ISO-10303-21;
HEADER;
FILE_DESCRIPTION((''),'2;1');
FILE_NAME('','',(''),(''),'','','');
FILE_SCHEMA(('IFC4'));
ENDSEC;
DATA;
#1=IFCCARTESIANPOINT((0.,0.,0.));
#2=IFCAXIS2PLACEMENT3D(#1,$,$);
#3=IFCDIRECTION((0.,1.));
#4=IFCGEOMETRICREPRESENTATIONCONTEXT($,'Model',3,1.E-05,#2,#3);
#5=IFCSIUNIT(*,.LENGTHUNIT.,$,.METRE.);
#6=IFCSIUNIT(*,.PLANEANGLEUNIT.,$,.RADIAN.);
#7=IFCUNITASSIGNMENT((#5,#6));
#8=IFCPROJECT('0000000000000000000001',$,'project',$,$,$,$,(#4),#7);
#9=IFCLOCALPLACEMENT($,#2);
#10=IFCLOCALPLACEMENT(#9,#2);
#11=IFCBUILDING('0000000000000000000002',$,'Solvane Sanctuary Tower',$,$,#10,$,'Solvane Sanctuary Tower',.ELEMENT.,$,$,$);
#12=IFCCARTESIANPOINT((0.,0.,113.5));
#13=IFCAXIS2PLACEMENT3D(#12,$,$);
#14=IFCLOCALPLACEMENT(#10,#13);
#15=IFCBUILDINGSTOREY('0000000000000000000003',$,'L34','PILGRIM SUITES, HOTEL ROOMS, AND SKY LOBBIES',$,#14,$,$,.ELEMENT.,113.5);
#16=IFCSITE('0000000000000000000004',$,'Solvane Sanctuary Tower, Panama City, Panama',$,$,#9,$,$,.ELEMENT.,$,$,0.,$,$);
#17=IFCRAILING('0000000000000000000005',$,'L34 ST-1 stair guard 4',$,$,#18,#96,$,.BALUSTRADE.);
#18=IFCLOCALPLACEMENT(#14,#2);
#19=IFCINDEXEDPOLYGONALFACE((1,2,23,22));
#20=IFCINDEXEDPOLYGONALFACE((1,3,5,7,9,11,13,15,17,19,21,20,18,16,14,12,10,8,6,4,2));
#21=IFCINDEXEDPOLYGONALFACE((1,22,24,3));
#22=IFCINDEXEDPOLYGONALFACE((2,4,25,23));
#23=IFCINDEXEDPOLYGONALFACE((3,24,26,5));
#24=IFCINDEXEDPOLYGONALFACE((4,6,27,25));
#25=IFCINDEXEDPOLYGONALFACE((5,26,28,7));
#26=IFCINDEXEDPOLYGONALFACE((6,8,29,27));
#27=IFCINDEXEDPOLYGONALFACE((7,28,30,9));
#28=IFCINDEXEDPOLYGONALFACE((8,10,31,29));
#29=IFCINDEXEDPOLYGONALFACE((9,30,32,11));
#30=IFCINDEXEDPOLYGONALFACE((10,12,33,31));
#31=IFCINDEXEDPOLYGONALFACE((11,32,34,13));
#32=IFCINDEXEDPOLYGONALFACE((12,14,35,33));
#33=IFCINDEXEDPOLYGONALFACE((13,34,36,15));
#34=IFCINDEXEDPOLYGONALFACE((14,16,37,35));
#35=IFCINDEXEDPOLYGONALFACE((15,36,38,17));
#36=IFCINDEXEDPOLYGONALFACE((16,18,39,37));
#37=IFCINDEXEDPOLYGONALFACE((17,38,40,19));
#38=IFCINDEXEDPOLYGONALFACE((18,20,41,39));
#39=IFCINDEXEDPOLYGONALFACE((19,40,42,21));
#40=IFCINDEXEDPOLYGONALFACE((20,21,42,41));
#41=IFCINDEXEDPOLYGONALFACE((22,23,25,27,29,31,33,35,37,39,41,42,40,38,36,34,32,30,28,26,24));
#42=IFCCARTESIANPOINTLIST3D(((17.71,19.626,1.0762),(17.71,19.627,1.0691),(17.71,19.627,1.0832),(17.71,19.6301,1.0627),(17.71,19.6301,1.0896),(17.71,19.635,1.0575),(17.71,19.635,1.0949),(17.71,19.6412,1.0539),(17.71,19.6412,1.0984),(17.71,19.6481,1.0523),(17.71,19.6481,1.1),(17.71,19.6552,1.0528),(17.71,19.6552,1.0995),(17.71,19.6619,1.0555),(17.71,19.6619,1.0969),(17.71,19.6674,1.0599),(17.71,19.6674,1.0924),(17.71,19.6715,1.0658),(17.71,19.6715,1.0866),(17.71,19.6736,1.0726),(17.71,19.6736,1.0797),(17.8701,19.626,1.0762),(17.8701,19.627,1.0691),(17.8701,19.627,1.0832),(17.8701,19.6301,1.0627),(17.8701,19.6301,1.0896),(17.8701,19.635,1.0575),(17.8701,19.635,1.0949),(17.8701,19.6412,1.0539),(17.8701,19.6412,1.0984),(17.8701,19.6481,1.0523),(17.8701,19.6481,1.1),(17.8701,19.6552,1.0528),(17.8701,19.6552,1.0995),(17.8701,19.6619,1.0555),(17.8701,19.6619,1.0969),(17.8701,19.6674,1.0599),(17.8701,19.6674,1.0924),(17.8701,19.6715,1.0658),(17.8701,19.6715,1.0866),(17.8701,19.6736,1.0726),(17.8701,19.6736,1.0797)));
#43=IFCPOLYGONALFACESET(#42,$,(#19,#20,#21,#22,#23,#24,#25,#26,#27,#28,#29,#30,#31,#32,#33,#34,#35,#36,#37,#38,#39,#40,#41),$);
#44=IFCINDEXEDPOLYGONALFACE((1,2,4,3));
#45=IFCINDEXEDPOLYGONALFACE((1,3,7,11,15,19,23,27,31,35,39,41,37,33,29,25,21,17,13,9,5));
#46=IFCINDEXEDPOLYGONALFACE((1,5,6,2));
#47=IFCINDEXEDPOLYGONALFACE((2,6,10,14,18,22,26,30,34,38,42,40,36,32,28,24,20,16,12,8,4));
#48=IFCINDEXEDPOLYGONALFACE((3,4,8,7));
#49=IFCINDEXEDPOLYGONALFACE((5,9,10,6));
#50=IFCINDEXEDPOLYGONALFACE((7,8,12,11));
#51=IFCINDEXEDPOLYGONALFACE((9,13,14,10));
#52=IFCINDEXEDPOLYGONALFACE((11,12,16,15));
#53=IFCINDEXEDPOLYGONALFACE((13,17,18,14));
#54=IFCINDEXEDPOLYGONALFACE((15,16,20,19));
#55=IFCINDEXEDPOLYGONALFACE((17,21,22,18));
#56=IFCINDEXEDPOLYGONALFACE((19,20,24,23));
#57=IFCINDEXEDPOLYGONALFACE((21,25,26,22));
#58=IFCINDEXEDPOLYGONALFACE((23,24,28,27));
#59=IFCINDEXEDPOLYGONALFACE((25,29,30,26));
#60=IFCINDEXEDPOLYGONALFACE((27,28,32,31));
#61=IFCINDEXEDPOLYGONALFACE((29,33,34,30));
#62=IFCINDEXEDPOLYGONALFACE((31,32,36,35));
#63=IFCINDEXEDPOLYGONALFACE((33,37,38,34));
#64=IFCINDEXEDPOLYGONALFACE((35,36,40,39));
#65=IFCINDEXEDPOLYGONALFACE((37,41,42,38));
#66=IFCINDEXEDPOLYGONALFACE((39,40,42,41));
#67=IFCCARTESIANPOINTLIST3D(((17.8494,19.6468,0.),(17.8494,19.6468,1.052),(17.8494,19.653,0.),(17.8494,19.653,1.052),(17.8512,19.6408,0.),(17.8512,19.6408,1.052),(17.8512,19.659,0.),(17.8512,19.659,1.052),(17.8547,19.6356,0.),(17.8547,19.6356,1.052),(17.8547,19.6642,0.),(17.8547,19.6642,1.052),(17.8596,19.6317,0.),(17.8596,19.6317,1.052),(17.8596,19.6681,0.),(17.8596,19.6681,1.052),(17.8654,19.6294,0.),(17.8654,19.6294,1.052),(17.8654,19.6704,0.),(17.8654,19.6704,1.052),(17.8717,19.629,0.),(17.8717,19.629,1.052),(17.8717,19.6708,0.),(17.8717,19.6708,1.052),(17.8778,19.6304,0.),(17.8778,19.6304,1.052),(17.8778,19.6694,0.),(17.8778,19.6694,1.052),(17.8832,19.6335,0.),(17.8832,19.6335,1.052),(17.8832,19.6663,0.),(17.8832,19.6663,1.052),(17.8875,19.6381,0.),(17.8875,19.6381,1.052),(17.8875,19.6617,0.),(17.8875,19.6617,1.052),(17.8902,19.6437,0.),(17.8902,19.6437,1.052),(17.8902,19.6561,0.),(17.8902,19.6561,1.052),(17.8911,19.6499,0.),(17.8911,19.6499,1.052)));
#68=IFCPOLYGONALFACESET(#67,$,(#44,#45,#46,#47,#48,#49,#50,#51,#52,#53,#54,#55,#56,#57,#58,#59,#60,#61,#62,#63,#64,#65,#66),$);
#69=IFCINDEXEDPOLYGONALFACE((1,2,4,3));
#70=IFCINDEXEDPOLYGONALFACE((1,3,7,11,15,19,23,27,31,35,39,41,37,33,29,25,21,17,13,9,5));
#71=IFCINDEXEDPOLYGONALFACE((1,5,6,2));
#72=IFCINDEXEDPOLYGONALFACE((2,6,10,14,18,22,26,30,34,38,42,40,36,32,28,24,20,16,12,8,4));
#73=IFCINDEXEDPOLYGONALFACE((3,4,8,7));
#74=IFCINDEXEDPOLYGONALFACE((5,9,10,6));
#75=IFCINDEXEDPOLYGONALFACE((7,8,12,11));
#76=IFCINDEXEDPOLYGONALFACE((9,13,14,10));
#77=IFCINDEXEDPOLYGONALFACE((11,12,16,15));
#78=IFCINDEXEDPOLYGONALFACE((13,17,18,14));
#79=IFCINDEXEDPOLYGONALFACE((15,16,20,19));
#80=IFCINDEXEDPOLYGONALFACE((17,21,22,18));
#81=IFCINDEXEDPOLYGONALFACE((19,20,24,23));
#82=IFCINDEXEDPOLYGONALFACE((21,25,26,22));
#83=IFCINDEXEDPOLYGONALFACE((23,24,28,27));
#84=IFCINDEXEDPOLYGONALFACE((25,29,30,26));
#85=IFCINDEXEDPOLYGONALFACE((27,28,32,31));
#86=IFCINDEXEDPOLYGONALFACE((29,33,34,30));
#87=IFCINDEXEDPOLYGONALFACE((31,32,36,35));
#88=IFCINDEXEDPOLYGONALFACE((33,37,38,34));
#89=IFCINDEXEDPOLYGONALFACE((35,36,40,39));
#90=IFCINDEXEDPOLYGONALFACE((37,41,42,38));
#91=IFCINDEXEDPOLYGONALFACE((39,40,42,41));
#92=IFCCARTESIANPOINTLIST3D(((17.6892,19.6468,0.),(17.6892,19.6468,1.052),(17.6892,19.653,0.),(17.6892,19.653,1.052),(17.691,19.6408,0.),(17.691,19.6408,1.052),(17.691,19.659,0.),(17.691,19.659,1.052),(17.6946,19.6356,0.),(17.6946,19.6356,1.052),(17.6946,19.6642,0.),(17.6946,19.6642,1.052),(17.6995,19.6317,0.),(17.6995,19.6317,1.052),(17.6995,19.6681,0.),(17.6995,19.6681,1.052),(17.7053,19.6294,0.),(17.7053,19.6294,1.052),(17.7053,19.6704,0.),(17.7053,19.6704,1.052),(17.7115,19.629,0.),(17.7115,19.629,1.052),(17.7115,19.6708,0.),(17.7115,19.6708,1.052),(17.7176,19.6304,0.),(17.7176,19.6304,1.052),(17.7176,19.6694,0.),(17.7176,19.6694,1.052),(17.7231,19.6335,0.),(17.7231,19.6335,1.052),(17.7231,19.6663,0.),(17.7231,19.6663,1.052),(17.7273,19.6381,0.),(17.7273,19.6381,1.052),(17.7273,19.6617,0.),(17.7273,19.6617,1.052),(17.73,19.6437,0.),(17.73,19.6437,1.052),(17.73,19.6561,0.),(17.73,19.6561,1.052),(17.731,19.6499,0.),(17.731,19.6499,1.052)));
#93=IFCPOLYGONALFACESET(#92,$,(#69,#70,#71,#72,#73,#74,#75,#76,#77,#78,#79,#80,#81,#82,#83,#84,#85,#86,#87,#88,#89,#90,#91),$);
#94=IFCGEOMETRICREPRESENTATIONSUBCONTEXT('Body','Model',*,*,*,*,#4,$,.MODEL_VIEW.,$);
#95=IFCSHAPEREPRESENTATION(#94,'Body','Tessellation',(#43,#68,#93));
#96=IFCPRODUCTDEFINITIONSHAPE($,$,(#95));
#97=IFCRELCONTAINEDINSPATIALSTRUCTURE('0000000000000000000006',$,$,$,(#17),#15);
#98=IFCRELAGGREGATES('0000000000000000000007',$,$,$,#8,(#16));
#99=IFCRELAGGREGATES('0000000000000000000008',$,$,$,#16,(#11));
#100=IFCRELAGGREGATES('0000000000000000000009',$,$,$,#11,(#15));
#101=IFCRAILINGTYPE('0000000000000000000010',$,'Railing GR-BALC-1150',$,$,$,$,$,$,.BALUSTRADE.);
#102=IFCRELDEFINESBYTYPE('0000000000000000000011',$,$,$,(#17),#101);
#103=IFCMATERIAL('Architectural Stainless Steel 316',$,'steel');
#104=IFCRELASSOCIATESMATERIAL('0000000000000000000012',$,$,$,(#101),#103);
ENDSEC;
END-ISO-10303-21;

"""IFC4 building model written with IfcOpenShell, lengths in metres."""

from ifc_helpers import new_model, si_unit, direction, frame, origin, origin_2d, place, context, subcontext, project, spatial, circle, extrude, material, type_object, element, save


model = new_model("IFC4")

# Units and contexts
model_context = context("Model", 3, precision=1e-05, world=origin(), true_north=direction((0.0, 1.0)))
body_context = subcontext(model_context, "Body", "Model", "MODEL_VIEW")
ifc_project = project(units=[si_unit("LENGTHUNIT", "METRE"), si_unit("PLANEANGLEUNIT", "RADIAN")], contexts=[model_context])

# Site, building, storey
site_placement = place(None, origin())
site = spatial("IfcSite", under=ifc_project, at=site_placement, Name="Solvane Sanctuary Tower, Panama City, Panama", CompositionType="ELEMENT", RefElevation=0.0)
building_placement = place(site_placement, origin())
building = spatial("IfcBuilding", under=site, at=building_placement, Name="Solvane Sanctuary Tower", LongName="Solvane Sanctuary Tower", CompositionType="ELEMENT")
storey_placement = place(building_placement, frame((0.0, 0.0, 113.5)))
storey = spatial("IfcBuildingStorey", under=building, at=storey_placement, Name="L34", Description="PILGRIM SUITES, HOTEL ROOMS, AND SKY LOBBIES", CompositionType="ELEMENT", Elevation=113.5)

# Shared definitions
ifc_material_1 = material(Name="Architectural Stainless Steel 316", Category="steel")

# Railing
railing_type = type_object("IfcRailingType", Name="Railing GR-BALC-1150", PredefinedType="BALUSTRADE", material=ifc_material_1)
railing_1_placement = place(storey_placement, frame((17.8701, 19.6499, 0.0)))
element("IfcRailing", 1, at=railing_1_placement, inside=storey, type_object=railing_type, Name="L34 ST-1 stair guard 4", PredefinedType="BALUSTRADE", context=body_context, shape_type="SweptSolid", body=[
    extrude(circle(Radius=0.0239, at=origin_2d()), frame((0.0, 0.0, 1.0762), z_axis=(-1.0, 0.0, 0.0), x_axis=(0.0, -1.0, 0.0)), (0.0, 0.0, 1.0), 0.1602),
    extrude(circle(Radius=0.021, at=origin_2d()), origin(), (0.0, 0.0, 1.0), 1.052),
    extrude(circle(Radius=0.021, at=origin_2d()), frame((-0.1602, 0.0, 0.0)), (0.0, 0.0, 1.0), 1.052),
])

save(model, "model.ifc")
